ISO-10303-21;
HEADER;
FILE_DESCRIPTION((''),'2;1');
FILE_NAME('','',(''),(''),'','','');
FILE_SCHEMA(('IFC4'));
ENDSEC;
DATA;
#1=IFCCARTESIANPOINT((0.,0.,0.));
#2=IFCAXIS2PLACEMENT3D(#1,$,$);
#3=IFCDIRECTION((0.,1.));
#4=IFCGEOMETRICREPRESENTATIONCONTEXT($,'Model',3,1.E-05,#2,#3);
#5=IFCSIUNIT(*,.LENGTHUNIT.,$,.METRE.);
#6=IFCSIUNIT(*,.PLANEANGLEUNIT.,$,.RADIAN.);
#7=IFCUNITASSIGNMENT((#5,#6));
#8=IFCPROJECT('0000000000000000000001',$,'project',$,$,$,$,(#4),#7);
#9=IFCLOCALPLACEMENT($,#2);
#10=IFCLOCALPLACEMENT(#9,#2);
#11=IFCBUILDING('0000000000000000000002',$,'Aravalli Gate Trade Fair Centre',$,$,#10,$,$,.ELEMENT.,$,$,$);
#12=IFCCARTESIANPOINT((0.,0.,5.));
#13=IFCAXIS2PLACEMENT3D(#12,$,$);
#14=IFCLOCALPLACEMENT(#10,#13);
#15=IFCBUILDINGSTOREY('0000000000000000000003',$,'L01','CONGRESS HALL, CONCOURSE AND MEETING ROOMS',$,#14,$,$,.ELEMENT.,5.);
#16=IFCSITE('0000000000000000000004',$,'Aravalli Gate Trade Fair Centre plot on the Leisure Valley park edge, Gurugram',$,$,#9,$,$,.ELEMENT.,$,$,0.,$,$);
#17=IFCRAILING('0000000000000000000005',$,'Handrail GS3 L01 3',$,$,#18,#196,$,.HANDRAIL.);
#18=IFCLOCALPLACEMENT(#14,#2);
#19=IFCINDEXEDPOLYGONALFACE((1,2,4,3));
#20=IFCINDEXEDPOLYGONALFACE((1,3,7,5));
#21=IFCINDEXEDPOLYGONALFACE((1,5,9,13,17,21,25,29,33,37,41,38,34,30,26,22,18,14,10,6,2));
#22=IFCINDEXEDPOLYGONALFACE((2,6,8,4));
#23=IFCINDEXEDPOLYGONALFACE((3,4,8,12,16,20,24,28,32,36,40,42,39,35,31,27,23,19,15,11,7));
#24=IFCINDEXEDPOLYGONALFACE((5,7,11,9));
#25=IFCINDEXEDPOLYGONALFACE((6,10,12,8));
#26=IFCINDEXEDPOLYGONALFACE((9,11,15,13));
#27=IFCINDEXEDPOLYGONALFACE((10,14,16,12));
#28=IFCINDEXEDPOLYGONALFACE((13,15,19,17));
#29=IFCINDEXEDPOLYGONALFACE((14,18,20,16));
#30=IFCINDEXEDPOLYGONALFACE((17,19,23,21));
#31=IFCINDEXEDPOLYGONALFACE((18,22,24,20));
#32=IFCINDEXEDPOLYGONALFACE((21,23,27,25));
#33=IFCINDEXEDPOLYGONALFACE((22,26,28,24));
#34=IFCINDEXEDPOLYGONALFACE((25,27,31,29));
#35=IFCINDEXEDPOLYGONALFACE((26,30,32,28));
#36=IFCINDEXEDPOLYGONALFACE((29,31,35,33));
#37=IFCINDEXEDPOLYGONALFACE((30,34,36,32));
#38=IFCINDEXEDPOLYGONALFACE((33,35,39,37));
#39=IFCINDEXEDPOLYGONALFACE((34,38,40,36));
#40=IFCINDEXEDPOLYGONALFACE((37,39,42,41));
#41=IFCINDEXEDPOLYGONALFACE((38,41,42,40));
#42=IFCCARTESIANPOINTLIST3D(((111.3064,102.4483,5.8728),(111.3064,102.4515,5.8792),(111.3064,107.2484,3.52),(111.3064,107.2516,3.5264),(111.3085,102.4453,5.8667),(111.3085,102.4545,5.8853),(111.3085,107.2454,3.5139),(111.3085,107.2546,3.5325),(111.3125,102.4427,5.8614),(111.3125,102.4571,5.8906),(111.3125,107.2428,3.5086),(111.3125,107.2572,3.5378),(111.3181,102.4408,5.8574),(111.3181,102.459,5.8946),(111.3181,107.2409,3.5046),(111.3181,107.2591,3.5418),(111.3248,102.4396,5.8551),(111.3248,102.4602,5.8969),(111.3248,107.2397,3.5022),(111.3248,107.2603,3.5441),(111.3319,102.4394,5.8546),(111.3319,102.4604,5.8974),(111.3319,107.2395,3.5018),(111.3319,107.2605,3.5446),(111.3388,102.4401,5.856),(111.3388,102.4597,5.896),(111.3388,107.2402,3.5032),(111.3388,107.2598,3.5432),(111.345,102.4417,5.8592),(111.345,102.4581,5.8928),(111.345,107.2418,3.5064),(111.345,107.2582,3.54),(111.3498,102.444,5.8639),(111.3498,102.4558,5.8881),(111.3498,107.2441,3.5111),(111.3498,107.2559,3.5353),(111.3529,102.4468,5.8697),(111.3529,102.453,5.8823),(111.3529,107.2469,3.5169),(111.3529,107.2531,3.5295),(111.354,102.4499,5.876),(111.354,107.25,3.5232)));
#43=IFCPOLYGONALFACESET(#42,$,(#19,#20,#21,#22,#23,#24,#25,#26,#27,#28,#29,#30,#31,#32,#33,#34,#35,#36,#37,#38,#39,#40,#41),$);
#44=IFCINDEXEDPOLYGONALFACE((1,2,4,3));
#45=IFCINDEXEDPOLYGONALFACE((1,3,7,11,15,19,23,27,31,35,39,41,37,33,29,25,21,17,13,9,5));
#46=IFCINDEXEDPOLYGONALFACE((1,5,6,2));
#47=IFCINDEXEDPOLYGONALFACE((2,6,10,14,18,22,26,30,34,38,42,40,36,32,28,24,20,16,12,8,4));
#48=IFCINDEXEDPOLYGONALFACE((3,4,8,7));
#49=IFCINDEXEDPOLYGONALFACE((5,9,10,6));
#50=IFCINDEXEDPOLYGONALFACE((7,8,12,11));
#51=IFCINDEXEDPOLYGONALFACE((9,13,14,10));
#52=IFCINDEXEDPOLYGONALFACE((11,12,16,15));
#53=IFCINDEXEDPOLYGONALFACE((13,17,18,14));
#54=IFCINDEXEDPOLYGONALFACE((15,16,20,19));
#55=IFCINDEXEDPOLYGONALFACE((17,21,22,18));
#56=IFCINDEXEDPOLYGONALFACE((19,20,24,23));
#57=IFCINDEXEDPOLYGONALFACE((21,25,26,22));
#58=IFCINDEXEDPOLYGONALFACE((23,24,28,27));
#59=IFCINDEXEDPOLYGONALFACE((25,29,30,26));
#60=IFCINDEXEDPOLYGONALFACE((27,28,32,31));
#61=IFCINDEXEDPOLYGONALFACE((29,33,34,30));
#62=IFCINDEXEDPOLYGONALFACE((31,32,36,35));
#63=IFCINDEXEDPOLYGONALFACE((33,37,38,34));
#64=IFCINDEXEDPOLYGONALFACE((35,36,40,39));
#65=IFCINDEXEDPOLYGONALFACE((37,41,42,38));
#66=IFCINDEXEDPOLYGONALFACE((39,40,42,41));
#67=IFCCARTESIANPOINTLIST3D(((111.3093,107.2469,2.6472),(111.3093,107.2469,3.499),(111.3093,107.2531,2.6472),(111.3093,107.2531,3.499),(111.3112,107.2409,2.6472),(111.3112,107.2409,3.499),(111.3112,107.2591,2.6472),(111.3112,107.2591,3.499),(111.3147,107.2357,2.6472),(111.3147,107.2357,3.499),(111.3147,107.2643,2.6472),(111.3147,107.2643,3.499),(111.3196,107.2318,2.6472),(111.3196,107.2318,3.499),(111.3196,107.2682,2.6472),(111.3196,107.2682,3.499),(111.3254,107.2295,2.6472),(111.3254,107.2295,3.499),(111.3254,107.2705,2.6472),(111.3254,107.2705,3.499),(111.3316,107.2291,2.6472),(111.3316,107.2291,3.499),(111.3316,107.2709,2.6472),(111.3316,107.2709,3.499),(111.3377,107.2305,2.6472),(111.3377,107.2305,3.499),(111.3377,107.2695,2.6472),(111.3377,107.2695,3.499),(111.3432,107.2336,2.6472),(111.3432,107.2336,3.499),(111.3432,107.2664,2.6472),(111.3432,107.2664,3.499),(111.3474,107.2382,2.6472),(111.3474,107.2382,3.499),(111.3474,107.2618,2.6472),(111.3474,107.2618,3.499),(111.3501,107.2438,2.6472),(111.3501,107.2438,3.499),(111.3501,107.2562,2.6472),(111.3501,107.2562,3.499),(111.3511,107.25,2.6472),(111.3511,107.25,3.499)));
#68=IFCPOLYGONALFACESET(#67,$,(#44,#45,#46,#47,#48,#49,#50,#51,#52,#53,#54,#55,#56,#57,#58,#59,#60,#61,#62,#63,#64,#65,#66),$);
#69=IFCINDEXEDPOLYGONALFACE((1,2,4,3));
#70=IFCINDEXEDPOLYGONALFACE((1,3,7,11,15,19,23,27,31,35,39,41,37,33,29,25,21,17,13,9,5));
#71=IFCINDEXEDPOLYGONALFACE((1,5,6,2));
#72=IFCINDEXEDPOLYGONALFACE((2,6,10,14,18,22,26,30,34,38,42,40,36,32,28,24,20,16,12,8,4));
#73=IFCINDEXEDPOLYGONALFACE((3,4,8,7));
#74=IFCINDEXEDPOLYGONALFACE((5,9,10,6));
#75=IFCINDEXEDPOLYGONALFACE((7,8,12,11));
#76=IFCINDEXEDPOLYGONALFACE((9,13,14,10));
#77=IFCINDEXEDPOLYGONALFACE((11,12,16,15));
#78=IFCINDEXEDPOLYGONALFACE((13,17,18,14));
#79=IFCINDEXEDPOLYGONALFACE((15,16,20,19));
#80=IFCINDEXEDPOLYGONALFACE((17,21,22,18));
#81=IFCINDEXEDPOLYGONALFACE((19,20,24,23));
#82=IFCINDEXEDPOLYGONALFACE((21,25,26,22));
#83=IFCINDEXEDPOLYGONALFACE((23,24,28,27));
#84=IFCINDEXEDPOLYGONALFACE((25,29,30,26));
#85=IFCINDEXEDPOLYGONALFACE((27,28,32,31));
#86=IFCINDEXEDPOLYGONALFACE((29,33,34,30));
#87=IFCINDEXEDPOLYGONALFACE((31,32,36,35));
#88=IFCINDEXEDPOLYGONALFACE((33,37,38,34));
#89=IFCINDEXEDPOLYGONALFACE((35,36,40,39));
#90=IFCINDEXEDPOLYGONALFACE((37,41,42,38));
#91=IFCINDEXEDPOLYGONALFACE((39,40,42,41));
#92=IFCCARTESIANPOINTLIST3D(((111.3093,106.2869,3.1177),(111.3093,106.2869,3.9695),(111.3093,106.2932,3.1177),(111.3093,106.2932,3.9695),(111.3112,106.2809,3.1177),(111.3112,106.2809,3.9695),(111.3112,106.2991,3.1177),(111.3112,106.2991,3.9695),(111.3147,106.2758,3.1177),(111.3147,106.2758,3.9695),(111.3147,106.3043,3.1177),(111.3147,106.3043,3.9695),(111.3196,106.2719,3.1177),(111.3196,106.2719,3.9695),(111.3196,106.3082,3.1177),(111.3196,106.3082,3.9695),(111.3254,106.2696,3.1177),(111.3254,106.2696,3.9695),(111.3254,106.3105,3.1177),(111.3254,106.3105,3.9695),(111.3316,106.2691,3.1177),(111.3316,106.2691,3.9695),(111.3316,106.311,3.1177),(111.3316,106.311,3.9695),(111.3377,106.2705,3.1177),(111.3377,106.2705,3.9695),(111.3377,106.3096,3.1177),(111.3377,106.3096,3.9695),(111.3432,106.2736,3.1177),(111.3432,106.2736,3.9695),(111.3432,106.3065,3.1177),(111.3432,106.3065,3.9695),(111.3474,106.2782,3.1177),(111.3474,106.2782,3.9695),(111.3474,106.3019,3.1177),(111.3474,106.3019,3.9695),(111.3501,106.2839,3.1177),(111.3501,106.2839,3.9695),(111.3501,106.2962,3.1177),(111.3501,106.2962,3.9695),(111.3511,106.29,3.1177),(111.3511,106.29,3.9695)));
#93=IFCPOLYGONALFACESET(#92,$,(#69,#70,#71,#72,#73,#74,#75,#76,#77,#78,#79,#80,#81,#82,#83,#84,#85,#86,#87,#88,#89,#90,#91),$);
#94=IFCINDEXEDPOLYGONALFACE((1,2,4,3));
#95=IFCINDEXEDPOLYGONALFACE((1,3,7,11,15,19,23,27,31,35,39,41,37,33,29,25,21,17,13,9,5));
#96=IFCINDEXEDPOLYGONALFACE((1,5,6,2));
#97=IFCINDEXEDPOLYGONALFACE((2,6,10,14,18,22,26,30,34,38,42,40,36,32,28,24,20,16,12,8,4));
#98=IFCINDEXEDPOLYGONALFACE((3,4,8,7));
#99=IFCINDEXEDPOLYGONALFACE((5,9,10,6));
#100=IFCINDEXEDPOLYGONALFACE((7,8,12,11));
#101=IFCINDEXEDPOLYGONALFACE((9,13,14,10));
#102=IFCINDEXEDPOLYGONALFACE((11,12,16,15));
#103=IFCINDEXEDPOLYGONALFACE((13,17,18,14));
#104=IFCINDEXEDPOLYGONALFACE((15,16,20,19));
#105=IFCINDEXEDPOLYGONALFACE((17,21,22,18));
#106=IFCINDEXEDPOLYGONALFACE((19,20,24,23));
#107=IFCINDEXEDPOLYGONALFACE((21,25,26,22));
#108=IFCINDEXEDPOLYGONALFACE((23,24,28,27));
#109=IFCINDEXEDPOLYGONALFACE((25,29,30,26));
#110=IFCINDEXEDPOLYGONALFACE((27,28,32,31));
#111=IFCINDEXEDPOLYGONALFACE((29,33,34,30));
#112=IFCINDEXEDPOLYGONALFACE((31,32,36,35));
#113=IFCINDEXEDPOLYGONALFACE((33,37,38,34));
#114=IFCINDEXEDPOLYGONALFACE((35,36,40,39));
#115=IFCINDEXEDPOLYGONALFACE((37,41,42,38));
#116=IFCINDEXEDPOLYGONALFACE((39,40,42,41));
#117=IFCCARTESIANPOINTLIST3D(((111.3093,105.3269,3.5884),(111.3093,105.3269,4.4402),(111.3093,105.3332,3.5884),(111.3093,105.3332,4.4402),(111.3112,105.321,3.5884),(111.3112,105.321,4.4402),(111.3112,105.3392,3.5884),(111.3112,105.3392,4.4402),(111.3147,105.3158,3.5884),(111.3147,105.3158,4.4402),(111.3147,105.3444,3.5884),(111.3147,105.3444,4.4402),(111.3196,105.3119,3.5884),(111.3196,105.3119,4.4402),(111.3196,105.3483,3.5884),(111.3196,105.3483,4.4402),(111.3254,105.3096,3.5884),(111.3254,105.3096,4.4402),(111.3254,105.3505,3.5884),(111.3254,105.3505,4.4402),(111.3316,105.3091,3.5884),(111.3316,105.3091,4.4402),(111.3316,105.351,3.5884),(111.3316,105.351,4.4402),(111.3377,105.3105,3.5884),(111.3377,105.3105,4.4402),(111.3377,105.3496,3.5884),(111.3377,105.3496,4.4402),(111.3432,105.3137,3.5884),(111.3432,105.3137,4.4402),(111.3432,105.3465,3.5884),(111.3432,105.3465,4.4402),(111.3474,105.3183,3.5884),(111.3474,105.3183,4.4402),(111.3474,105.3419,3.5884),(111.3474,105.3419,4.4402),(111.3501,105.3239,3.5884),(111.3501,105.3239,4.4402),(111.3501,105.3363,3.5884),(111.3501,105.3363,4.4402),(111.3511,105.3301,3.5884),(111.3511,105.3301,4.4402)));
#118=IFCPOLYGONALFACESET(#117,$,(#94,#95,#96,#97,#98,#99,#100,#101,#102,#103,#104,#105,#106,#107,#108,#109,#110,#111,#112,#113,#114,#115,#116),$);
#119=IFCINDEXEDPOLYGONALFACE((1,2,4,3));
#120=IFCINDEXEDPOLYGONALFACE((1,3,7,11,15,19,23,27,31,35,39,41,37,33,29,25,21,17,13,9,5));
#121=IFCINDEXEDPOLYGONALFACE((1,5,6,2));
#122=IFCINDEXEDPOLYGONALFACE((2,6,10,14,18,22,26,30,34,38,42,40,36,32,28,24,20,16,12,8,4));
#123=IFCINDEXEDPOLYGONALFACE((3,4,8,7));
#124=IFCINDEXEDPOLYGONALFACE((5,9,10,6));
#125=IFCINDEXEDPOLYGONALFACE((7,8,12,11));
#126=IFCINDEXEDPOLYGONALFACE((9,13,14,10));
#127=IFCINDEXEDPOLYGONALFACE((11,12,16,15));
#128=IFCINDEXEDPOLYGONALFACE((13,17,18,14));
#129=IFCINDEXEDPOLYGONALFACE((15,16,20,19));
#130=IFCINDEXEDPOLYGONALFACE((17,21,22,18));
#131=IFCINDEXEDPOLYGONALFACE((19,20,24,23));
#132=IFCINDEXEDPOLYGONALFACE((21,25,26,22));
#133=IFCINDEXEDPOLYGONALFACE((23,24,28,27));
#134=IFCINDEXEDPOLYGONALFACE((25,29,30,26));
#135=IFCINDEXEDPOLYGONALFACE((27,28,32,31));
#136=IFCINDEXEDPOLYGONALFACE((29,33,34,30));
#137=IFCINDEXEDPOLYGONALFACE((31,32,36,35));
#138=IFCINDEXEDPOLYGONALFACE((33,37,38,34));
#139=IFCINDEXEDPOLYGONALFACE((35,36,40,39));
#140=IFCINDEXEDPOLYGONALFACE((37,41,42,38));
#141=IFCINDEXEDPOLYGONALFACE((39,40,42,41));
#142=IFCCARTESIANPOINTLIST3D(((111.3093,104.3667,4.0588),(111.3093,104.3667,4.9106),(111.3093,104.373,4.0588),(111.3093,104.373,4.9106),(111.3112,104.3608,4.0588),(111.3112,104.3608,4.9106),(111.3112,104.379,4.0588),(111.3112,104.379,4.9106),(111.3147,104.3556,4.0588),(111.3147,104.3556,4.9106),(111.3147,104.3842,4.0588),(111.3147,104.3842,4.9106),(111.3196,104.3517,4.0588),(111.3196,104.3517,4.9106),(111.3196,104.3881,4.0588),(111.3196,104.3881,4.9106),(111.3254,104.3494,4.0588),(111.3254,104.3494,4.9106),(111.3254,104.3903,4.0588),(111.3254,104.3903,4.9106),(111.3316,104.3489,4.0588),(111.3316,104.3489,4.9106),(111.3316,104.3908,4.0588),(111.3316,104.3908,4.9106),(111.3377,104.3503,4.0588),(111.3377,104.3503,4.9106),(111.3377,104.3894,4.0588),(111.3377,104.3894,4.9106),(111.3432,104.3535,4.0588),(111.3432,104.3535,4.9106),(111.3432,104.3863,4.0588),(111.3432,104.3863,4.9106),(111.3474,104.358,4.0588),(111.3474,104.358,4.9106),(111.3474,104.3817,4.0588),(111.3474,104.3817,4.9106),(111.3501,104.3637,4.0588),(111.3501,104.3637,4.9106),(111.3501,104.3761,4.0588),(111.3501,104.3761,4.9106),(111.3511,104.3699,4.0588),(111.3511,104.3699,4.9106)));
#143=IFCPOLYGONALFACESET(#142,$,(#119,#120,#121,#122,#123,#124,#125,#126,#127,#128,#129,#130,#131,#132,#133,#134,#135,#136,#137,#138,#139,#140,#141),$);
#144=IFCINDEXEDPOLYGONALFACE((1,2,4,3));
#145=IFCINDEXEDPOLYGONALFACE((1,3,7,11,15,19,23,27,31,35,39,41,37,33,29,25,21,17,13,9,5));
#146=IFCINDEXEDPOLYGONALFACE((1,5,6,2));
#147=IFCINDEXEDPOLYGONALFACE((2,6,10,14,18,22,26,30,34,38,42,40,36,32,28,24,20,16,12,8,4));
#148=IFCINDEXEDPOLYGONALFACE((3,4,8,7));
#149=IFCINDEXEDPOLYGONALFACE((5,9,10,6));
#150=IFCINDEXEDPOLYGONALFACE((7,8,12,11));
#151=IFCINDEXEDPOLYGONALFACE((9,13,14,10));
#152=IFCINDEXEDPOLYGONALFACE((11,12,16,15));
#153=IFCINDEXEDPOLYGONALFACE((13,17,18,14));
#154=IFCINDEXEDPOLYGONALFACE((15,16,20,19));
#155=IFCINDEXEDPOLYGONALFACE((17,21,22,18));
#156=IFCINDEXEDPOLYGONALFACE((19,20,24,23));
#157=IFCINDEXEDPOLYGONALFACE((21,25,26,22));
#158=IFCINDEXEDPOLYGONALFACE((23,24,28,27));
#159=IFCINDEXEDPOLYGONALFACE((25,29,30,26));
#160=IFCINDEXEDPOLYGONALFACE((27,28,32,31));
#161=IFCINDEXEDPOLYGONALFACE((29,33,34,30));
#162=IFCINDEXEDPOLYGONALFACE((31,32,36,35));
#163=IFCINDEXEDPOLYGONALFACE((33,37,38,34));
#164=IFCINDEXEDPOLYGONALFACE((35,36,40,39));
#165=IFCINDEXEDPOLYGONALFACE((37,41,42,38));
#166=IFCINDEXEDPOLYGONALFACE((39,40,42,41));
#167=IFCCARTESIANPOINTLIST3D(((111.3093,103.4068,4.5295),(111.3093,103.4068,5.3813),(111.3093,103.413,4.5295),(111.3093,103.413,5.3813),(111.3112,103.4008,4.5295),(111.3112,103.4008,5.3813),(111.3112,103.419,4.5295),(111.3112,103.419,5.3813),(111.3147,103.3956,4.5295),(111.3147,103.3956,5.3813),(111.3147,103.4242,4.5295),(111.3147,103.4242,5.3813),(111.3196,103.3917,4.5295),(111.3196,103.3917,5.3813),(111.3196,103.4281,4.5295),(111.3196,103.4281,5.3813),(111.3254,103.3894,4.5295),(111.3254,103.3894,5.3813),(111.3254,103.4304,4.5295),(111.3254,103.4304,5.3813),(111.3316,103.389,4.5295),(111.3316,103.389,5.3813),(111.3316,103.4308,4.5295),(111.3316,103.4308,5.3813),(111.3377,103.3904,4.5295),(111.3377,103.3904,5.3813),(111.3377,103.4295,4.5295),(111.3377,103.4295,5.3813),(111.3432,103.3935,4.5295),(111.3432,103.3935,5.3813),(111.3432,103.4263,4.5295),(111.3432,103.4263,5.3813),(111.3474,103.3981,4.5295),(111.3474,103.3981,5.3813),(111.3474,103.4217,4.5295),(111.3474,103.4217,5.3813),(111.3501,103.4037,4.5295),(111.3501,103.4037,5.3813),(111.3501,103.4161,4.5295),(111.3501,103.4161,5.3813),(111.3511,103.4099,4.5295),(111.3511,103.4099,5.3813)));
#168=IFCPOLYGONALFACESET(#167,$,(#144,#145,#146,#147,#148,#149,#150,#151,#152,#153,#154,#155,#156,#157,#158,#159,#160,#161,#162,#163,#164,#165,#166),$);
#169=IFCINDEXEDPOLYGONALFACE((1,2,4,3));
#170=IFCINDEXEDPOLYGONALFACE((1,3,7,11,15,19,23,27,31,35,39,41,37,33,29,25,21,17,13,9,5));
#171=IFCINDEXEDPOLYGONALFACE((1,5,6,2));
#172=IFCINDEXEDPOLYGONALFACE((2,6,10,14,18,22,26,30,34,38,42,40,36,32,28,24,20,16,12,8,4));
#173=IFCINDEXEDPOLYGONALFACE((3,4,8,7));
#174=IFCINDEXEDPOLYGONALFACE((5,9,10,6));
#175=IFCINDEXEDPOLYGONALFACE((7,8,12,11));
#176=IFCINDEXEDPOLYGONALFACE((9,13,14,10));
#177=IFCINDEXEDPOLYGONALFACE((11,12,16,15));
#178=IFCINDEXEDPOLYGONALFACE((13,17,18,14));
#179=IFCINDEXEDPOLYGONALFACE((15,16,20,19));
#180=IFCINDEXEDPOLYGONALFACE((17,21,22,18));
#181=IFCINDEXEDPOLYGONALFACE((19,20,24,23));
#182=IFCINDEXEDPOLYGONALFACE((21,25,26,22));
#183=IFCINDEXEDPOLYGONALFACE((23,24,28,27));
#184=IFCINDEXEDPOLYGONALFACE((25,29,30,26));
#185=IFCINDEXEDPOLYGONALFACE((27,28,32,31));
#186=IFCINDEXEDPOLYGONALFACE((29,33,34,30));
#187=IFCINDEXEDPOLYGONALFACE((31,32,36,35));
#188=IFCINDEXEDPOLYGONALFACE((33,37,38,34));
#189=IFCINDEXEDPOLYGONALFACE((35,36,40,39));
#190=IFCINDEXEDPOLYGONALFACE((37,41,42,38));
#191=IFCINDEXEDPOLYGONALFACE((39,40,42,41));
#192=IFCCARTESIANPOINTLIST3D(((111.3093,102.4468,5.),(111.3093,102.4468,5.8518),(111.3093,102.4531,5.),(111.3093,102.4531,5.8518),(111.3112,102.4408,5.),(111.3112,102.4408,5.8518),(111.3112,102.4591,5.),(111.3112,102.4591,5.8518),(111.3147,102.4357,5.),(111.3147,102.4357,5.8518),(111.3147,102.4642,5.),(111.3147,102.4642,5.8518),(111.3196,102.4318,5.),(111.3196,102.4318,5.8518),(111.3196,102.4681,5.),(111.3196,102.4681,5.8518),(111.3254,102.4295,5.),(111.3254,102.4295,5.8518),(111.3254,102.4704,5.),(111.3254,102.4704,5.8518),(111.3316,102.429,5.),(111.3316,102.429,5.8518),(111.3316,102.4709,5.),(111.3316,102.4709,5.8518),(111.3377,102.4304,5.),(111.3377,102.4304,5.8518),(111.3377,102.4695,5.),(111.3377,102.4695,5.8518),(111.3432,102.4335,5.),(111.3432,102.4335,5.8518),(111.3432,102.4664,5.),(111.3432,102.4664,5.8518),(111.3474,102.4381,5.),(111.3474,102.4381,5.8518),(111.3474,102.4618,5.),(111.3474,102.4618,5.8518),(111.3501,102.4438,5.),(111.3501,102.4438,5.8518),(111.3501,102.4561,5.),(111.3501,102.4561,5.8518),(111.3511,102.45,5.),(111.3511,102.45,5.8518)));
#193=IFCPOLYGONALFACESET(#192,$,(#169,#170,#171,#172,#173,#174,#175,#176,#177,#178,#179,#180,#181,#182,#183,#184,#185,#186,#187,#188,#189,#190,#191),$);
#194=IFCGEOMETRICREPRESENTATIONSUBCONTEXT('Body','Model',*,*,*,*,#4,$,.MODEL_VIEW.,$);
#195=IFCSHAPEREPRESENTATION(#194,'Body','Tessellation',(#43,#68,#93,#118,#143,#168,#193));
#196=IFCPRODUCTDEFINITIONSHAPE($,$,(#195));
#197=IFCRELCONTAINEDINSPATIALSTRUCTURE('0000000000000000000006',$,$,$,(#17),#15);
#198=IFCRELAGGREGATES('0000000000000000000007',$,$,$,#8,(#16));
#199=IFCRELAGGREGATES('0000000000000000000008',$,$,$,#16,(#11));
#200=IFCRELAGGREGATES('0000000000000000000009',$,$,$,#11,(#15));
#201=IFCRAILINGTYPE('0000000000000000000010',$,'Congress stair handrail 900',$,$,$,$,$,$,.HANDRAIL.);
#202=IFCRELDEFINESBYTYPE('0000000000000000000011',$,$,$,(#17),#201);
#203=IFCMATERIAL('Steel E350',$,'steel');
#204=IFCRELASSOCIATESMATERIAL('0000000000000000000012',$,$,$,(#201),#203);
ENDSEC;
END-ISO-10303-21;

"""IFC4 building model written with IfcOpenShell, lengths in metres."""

from ifc_helpers import new_model, si_unit, direction, frame, origin, origin_2d, place, context, subcontext, project, spatial, circle, extrude, material, type_object, element, save


model = new_model("IFC4")

# Units and contexts
model_context = context("Model", 3, precision=1e-05, world=origin(), true_north=direction((0.0, 1.0)))
body_context = subcontext(model_context, "Body", "Model", "MODEL_VIEW")
ifc_project = project(units=[si_unit("LENGTHUNIT", "METRE"), si_unit("PLANEANGLEUNIT", "RADIAN")], contexts=[model_context])

# Site, building, storey
site_placement = place(None, origin())
site = spatial("IfcSite", under=ifc_project, at=site_placement, Name="Aravalli Gate Trade Fair Centre plot on the Leisure Valley park edge, Gurugram", CompositionType="ELEMENT", RefElevation=0.0)
building_placement = place(site_placement, origin())
building = spatial("IfcBuilding", under=site, at=building_placement, Name="Aravalli Gate Trade Fair Centre", CompositionType="ELEMENT")
storey_placement = place(building_placement, frame((0.0, 0.0, 5.0)))
storey = spatial("IfcBuildingStorey", under=building, at=storey_placement, Name="L01", Description="CONGRESS HALL, CONCOURSE AND MEETING ROOMS", CompositionType="ELEMENT", Elevation=5.0)

# Railing
ifc_material_1 = material(Name="Steel E350", Category="steel")
railing_type_1 = type_object("IfcRailingType", Name="Congress stair handrail 900", PredefinedType="HANDRAIL", material=ifc_material_1)
for number, where, name in (
    (1, (111.3301, 107.25, 2.6472), "Handrail GS3 L01 3"),
):
    element("IfcRailing", number, at=place(storey_placement, frame(where)), inside=storey, type_object=railing_type_1, Name=name, PredefinedType="HANDRAIL", context=body_context, shape_type="SweptSolid", body=[
        extrude(circle(Radius=0.0239, at=origin_2d()), frame((0.0, 0.0, 0.876), z_axis=(0.0, -0.897934, 0.44013), x_axis=(1.0, 0.0, 0.0)), (0.0, 0.0, 1.0), 5.3457),
        extrude(circle(Radius=0.021, at=origin_2d()), origin(), (0.0, 0.0, 1.0), 0.8518),
        extrude(circle(Radius=0.021, at=origin_2d()), frame((0.0, -0.96, 0.4705)), (0.0, 0.0, 1.0), 0.8518),
        extrude(circle(Radius=0.021, at=origin_2d()), frame((0.0, -1.9199, 0.9412)), (0.0, 0.0, 1.0), 0.8518),
        extrude(circle(Radius=0.021, at=origin_2d()), frame((0.0, -2.8801, 1.4116)), (0.0, 0.0, 1.0), 0.8518),
        extrude(circle(Radius=0.021, at=origin_2d()), frame((0.0, -3.8401, 1.8823)), (0.0, 0.0, 1.0), 0.8518),
        extrude(circle(Radius=0.021, at=origin_2d()), frame((0.0, -4.8, 2.3528)), (0.0, 0.0, 1.0), 0.8518),
    ])

save(model, "model.ifc")
